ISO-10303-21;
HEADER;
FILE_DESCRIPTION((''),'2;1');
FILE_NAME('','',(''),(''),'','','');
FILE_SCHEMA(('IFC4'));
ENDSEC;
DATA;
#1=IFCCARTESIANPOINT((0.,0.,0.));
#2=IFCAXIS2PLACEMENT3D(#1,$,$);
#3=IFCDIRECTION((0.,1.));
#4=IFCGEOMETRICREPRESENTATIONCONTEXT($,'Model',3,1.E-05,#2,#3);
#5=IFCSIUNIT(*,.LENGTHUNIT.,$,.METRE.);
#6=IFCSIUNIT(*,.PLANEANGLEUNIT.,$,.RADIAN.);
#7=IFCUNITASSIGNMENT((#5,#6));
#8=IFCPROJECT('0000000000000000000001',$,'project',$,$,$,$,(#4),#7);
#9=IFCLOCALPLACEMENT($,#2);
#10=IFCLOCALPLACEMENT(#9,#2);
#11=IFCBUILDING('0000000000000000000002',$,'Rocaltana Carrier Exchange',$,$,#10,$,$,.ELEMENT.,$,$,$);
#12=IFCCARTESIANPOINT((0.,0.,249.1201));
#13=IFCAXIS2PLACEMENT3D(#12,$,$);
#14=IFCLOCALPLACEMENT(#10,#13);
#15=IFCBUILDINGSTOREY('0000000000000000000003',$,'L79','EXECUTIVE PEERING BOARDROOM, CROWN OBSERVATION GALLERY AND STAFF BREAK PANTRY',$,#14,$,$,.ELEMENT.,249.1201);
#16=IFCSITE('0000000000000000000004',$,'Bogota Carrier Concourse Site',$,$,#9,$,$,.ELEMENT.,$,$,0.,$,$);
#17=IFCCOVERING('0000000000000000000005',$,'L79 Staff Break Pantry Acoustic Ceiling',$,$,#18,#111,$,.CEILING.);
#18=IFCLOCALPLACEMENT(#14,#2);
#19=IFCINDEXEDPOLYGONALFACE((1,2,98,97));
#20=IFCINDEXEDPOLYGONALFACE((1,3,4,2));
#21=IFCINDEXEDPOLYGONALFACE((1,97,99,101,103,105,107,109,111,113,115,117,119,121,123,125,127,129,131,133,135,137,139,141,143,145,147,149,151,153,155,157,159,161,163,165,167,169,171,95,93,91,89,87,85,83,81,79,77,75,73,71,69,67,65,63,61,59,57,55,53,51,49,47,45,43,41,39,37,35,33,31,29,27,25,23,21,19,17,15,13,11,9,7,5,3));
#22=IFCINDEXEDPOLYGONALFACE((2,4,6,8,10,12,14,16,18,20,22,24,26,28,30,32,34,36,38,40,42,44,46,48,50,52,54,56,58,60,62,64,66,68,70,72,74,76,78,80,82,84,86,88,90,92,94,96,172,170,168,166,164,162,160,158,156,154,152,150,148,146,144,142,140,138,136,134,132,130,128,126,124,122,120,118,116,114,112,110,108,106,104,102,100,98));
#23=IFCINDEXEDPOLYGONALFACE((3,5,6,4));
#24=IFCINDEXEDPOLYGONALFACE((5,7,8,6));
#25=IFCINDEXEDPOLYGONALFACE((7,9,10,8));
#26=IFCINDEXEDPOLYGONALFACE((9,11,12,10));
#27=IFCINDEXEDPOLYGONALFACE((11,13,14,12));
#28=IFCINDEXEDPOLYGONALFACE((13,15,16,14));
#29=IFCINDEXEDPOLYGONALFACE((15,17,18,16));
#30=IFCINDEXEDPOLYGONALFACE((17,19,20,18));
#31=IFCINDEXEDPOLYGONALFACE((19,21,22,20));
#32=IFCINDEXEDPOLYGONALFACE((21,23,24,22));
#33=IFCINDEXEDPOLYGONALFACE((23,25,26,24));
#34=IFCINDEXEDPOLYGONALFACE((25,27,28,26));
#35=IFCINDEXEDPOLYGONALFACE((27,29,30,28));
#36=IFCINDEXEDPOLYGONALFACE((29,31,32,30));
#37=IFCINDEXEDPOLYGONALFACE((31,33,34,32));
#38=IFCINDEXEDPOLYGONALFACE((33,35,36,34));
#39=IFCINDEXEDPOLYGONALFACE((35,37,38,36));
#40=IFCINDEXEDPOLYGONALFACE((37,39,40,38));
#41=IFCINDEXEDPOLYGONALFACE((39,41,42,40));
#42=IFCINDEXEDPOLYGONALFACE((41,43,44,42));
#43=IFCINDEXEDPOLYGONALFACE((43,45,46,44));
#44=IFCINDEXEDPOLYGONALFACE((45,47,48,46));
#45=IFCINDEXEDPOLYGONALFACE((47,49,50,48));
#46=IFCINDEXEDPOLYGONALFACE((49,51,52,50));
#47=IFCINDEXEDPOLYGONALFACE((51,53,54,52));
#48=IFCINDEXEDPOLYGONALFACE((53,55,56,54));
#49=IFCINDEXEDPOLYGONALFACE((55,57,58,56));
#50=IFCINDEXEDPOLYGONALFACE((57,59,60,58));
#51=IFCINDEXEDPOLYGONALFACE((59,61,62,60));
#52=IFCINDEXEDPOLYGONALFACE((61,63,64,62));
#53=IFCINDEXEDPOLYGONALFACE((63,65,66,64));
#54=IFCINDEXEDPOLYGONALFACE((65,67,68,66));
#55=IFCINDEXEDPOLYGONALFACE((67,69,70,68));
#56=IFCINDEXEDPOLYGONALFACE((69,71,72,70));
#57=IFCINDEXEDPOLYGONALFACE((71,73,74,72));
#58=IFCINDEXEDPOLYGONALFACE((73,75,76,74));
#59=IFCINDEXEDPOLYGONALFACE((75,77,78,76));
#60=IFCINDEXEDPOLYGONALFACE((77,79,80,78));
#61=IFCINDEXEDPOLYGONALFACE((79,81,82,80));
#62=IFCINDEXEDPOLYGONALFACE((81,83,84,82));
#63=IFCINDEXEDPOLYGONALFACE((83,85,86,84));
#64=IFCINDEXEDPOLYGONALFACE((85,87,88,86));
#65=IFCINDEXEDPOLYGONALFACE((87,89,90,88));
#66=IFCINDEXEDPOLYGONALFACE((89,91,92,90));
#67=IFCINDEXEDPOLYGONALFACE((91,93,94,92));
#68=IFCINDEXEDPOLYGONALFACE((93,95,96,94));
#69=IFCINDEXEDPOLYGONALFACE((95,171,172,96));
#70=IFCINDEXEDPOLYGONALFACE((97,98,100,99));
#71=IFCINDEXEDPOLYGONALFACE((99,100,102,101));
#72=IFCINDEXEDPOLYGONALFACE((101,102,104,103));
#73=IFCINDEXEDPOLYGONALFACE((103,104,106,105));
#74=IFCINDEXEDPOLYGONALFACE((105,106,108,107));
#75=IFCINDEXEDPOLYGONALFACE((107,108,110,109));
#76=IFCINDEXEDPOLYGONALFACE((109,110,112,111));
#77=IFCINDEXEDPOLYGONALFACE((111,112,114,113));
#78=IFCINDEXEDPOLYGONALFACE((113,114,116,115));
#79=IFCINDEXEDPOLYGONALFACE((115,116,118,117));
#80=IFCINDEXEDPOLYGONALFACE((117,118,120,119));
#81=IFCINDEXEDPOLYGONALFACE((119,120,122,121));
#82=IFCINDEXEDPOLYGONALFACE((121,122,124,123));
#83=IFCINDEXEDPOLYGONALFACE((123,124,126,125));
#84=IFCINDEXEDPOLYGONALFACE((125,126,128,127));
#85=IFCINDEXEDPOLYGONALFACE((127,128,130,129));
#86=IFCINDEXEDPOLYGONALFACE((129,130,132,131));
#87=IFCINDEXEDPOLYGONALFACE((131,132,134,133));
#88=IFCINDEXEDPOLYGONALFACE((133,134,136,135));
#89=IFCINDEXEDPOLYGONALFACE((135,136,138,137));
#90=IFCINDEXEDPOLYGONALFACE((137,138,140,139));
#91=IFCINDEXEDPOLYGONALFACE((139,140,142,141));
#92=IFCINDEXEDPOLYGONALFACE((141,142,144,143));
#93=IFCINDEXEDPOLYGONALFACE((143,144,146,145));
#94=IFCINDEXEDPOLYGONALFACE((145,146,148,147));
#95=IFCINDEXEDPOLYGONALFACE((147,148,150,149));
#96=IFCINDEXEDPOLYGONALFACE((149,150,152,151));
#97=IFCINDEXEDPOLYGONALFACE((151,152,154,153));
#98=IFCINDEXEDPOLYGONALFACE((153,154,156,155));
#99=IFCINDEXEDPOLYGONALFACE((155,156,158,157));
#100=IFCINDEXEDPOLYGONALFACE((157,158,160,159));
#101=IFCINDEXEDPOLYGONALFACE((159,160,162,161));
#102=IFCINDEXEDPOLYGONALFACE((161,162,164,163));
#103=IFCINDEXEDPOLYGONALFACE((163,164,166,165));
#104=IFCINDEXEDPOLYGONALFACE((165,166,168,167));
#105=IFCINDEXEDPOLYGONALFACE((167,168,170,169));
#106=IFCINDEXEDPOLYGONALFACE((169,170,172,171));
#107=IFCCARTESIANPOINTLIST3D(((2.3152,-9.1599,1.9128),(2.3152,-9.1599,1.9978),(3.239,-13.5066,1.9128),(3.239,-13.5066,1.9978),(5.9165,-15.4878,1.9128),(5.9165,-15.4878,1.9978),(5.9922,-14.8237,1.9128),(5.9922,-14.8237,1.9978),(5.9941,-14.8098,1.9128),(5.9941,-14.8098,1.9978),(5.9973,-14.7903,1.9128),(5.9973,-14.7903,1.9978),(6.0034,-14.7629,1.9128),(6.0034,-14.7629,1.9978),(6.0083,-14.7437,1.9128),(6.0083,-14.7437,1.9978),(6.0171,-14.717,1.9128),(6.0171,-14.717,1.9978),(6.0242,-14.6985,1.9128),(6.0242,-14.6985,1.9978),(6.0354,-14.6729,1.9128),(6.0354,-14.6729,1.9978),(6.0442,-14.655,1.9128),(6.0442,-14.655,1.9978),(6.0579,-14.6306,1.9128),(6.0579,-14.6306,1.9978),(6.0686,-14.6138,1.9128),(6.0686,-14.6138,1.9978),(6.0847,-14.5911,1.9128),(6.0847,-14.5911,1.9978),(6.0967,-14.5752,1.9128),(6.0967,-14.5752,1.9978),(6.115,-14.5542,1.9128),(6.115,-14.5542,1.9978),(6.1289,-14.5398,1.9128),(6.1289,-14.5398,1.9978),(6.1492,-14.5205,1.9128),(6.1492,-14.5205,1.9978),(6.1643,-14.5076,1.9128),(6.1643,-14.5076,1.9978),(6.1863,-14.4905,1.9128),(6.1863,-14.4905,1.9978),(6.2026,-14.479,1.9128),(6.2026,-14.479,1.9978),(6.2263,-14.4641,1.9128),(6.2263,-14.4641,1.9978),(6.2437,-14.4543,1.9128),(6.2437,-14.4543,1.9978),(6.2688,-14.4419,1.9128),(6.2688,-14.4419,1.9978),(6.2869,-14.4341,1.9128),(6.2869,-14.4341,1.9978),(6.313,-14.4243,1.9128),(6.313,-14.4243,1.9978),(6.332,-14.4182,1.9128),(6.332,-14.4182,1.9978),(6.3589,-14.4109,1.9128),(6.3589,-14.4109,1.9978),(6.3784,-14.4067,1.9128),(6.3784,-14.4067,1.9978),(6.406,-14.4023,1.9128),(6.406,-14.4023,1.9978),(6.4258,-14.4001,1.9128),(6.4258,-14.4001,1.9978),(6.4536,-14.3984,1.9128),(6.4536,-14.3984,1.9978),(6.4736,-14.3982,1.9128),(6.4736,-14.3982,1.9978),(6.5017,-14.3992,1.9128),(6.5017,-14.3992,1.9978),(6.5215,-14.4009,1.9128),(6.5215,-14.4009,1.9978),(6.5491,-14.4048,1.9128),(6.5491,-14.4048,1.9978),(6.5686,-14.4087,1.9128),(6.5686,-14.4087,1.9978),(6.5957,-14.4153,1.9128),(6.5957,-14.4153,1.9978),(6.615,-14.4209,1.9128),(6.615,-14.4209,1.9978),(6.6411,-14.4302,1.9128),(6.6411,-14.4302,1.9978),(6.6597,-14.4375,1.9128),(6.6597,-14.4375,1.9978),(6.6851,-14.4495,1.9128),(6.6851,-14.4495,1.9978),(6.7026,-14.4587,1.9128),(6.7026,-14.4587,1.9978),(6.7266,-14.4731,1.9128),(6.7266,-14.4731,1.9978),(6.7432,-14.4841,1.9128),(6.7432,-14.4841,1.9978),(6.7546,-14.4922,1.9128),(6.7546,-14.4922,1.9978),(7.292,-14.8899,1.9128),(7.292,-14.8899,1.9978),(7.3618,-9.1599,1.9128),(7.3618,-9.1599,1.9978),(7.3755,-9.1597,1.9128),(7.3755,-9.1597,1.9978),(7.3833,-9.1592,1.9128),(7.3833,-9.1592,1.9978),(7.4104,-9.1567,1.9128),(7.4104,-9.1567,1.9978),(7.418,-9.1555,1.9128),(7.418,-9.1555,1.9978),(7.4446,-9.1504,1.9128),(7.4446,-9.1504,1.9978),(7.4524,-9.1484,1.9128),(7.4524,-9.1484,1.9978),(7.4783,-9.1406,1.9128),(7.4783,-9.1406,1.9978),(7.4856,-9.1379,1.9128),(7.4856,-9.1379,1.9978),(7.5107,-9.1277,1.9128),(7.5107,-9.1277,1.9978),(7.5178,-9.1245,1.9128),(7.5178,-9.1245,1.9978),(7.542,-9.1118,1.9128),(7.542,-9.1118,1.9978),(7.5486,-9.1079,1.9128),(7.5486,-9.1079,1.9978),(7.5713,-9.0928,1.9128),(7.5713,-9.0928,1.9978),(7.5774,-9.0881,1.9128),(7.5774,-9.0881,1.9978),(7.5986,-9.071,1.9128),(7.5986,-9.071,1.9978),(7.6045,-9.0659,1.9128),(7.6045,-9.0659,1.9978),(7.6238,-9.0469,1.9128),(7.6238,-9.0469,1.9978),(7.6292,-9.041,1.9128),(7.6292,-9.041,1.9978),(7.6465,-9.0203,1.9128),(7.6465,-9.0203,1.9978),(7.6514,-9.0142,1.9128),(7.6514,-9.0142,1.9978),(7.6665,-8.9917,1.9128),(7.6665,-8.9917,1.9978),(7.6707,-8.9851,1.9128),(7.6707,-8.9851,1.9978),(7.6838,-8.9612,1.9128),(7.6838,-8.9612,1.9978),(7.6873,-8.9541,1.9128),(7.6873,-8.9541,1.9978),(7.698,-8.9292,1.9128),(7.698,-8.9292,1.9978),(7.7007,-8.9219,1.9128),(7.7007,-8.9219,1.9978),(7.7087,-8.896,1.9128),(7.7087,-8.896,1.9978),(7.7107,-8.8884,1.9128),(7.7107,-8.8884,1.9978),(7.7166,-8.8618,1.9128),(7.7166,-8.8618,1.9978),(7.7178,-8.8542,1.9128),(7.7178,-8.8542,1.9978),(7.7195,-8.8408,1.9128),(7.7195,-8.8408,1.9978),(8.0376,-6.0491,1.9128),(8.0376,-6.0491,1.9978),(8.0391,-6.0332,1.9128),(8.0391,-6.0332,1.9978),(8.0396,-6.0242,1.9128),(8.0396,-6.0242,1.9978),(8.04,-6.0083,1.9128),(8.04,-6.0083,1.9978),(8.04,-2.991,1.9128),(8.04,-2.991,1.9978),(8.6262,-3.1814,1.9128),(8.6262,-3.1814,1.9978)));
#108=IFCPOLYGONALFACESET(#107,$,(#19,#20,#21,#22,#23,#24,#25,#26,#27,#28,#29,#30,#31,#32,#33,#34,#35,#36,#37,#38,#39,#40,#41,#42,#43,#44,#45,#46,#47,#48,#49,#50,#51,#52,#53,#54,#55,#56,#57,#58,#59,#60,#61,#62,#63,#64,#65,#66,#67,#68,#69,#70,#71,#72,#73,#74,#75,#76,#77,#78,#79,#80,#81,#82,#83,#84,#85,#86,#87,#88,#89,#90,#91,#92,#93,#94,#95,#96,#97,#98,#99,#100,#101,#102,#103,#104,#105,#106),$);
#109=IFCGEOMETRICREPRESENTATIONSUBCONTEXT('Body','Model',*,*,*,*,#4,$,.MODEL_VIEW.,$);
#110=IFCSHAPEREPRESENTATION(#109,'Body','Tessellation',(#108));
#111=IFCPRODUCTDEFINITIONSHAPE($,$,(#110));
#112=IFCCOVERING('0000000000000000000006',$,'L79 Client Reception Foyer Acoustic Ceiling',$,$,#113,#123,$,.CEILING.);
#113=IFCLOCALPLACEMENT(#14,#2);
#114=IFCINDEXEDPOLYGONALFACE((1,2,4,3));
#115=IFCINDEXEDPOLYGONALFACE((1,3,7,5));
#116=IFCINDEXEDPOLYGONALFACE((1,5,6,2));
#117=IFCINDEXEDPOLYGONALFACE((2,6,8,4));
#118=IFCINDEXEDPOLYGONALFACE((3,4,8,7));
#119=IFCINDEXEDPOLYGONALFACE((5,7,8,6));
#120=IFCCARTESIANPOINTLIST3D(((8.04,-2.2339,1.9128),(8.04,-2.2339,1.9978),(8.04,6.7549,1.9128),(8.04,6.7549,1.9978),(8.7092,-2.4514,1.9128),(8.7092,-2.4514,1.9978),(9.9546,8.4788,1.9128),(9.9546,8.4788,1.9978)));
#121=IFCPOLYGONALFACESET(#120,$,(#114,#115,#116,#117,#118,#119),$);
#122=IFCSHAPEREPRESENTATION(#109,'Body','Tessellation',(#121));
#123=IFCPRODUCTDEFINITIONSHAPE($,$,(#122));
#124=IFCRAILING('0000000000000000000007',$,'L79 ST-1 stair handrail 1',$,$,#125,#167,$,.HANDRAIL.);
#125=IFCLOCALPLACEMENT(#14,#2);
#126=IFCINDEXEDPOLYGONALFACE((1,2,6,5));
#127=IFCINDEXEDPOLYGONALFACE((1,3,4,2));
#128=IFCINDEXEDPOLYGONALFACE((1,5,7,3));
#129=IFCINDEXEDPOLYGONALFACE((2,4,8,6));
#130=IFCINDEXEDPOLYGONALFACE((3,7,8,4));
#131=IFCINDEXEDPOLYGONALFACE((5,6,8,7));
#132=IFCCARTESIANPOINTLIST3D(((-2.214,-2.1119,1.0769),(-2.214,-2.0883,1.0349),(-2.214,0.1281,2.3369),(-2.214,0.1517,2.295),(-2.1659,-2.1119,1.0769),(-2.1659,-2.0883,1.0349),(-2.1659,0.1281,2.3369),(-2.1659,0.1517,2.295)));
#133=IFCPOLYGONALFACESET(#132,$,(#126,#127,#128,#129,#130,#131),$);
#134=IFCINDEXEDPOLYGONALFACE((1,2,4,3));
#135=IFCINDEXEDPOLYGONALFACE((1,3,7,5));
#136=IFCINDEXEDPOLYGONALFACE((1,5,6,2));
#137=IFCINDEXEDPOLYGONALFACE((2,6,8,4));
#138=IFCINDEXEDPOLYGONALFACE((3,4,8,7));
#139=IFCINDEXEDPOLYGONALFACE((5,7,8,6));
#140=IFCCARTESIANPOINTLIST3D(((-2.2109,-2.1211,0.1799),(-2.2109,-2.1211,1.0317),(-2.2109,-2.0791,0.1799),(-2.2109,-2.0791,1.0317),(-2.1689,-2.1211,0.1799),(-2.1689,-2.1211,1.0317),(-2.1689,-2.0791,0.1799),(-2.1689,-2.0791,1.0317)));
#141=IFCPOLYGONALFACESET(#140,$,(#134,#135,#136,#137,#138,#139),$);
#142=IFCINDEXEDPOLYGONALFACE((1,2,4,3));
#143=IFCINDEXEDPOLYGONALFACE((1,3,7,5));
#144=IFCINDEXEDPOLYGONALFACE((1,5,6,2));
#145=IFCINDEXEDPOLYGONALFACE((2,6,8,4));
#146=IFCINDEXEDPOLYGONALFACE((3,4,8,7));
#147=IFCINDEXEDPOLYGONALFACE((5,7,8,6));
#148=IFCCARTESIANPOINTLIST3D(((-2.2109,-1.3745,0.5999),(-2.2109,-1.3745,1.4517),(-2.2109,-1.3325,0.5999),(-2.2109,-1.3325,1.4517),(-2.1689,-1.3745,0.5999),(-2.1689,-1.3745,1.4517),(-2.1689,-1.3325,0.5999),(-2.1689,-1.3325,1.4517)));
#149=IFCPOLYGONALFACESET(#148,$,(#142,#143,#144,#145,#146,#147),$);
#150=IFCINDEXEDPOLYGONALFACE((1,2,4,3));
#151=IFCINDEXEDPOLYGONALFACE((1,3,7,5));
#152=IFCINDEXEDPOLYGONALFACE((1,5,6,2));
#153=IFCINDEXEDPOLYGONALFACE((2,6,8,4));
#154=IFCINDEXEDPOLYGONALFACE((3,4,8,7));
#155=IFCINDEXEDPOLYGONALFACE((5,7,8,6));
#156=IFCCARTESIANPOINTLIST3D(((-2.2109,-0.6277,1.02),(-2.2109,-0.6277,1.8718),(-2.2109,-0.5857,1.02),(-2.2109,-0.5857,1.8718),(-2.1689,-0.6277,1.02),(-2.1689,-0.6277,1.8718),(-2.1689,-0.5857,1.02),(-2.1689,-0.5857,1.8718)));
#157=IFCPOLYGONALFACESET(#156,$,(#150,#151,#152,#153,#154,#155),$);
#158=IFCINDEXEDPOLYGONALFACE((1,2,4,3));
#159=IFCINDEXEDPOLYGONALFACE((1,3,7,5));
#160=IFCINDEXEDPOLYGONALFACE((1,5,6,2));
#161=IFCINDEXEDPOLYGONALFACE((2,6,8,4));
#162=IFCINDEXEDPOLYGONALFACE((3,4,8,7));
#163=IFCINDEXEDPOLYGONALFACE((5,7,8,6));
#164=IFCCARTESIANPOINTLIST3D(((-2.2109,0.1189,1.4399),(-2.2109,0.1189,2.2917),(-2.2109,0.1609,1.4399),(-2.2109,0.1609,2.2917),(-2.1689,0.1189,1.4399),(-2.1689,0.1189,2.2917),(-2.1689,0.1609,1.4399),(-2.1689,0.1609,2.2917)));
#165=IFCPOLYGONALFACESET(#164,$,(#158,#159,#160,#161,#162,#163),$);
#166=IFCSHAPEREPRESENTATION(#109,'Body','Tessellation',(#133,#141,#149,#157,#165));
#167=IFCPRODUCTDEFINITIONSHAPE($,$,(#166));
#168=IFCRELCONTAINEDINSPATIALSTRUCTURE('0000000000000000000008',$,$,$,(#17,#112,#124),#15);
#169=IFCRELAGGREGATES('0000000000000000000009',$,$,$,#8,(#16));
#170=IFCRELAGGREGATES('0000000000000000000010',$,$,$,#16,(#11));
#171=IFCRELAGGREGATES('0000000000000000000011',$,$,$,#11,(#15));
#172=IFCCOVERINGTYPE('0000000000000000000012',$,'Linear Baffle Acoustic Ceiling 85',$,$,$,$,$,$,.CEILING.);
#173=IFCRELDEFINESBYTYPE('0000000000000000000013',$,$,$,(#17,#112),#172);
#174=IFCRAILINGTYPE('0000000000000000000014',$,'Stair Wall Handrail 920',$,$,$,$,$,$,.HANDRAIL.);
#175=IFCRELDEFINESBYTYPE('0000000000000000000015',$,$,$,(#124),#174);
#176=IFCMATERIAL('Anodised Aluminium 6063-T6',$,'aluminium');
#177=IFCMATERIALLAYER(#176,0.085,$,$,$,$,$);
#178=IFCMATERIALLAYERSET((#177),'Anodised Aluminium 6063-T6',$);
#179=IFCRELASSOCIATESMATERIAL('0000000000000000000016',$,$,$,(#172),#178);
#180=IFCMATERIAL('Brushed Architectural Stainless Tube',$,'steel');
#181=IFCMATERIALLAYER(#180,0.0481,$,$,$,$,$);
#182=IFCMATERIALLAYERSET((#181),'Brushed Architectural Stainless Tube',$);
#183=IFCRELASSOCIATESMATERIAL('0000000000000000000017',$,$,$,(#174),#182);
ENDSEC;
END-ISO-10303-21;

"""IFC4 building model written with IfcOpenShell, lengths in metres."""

from ifc_helpers import new_model, si_unit, direction, frame, origin, origin_2d, place, context, subcontext, project, spatial, polyline, rectangle, outline, extrude, material, layer, layer_set, type_object, element, save


model = new_model("IFC4")

# Units and contexts
model_context = context("Model", 3, precision=1e-05, world=origin(), true_north=direction((0.0, 1.0)))
body_context = subcontext(model_context, "Body", "Model", "MODEL_VIEW")
ifc_project = project(units=[si_unit("LENGTHUNIT", "METRE"), si_unit("PLANEANGLEUNIT", "RADIAN")], contexts=[model_context])

# Site, building, storey
site_placement = place(None, origin())
site = spatial("IfcSite", under=ifc_project, at=site_placement, Name="Bogota Carrier Concourse Site", CompositionType="ELEMENT", RefElevation=0.0)
building_placement = place(site_placement, origin())
building = spatial("IfcBuilding", under=site, at=building_placement, Name="Rocaltana Carrier Exchange", CompositionType="ELEMENT")
storey_placement = place(building_placement, frame((0.0, 0.0, 249.1201)))
storey = spatial("IfcBuildingStorey", under=building, at=storey_placement, Name="L79", Description="EXECUTIVE PEERING BOARDROOM, CROWN OBSERVATION GALLERY AND STAFF BREAK PANTRY", CompositionType="ELEMENT", Elevation=249.1201)

# Coverings
ifc_material_1 = material(Name="Anodised Aluminium 6063-T6", Category="aluminium")
ifc_layer_1 = layer(ifc_material_1, 0.085)
ifc_layer_set_1 = layer_set([ifc_layer_1], Name="Anodised Aluminium 6063-T6")
covering_type_1 = type_object("IfcCoveringType", Name="Linear Baffle Acoustic Ceiling 85", PredefinedType="CEILING", material=ifc_layer_set_1)
covering_1_placement = place(storey_placement, frame((0.0, 0.0, 1.9128)))
element("IfcCovering", 1, at=covering_1_placement, inside=storey, type_object=covering_type_1, Name="L79 Staff Break Pantry Acoustic Ceiling", PredefinedType="CEILING", context=body_context, shape_type="SweptSolid", body=[
    extrude(outline(polyline([(7.292, -14.8899), (6.7546, -14.4922), (6.7432, -14.4841), (6.7266, -14.4731), (6.7026, -14.4587), (6.6851, -14.4495), (6.6597, -14.4375), (6.6411, -14.4302), (6.615, -14.4209), (6.5957, -14.4153), (6.5686, -14.4087), (6.5491, -14.4048), (6.5215, -14.4009), (6.5017, -14.3992), (6.4736, -14.3982), (6.4536, -14.3984), (6.4258, -14.4001), (6.406, -14.4023), (6.3784, -14.4067), (6.3589, -14.4109), (6.332, -14.4182), (6.313, -14.4243), (6.2869, -14.4341), (6.2688, -14.4419), (6.2437, -14.4543), (6.2263, -14.4641), (6.2026, -14.479), (6.1863, -14.4905), (6.1643, -14.5076), (6.1492, -14.5205), (6.1289, -14.5398), (6.115, -14.5542), (6.0967, -14.5752), (6.0847, -14.5911), (6.0686, -14.6138), (6.0579, -14.6306), (6.0442, -14.655), (6.0354, -14.6729), (6.0242, -14.6985), (6.0171, -14.717), (6.0083, -14.7437), (6.0034, -14.7629), (5.9973, -14.7903), (5.9941, -14.8098), (5.9922, -14.8237), (5.9165, -15.4878), (3.239, -13.5066), (2.3152, -9.1599), (7.3618, -9.1599), (7.3755, -9.1597), (7.3833, -9.1592), (7.4104, -9.1567), (7.418, -9.1555), (7.4446, -9.1504), (7.4524, -9.1484), (7.4783, -9.1406), (7.4856, -9.1379), (7.5107, -9.1277), (7.5178, -9.1245), (7.542, -9.1118), (7.5486, -9.1079), (7.5713, -9.0928), (7.5774, -9.0881), (7.5986, -9.071), (7.6045, -9.0659), (7.6238, -9.0469), (7.6292, -9.041), (7.6465, -9.0203), (7.6514, -9.0142), (7.6665, -8.9917), (7.6707, -8.9851), (7.6838, -8.9612), (7.6873, -8.9541), (7.698, -8.9292), (7.7007, -8.9219), (7.7087, -8.896), (7.7107, -8.8884), (7.7166, -8.8618), (7.7178, -8.8542), (7.7195, -8.8408), (8.0376, -6.0491), (8.0391, -6.0332), (8.0396, -6.0242), (8.04, -6.0083), (8.04, -2.991), (8.6262, -3.1814), (7.292, -14.8899)])), origin(), (0.0, 0.0, 1.0), 0.085),
])
covering_2_placement = place(storey_placement, frame((0.0, 0.0, 1.9128)))
element("IfcCovering", 2, at=covering_2_placement, inside=storey, type_object=covering_type_1, Name="L79 Client Reception Foyer Acoustic Ceiling", PredefinedType="CEILING", context=body_context, shape_type="SweptSolid", body=[
    extrude(outline(polyline([(8.7092, -2.4514), (8.04, -2.2339), (8.04, 6.7549), (9.9546, 8.4788), (8.7092, -2.4514)])), origin(), (0.0, 0.0, 1.0), 0.085),
])

# Railing
ifc_material_2 = material(Name="Brushed Architectural Stainless Tube", Category="steel")
ifc_layer_2 = layer(ifc_material_2, 0.0481)
ifc_layer_set_2 = layer_set([ifc_layer_2], Name="Brushed Architectural Stainless Tube")
railing_type_1 = type_object("IfcRailingType", Name="Stair Wall Handrail 920", PredefinedType="HANDRAIL", material=ifc_layer_set_2)
railing_1_placement = place(storey_placement, frame((-2.1899, -2.1001, 0.1799)))
element("IfcRailing", 3, at=railing_1_placement, inside=storey, type_object=railing_type_1, Name="L79 ST-1 stair handrail 1", PredefinedType="HANDRAIL", context=body_context, shape_type="SweptSolid", body=[
    extrude(rectangle(XDim=0.0481, YDim=0.0481, at=origin_2d()), frame((0.0, 0.0, 0.876), z_axis=(0.0, 0.871573, 0.490266), x_axis=(-1.0, 0.0, 0.0)), (0.0, 0.0, 1.0), 2.5701),
    extrude(rectangle(XDim=0.042, YDim=0.042, at=origin_2d()), origin(), (0.0, 0.0, 1.0), 0.8518),
    extrude(rectangle(XDim=0.042, YDim=0.042, at=origin_2d()), frame((0.0, 0.7466, 0.4199)), (0.0, 0.0, 1.0), 0.8518),
    extrude(rectangle(XDim=0.042, YDim=0.042, at=origin_2d()), frame((0.0, 1.4934, 0.8401)), (0.0, 0.0, 1.0), 0.8518),
    extrude(rectangle(XDim=0.042, YDim=0.042, at=origin_2d()), frame((0.0, 2.24, 1.26)), (0.0, 0.0, 1.0), 0.8518),
])

save(model, "model.ifc")
